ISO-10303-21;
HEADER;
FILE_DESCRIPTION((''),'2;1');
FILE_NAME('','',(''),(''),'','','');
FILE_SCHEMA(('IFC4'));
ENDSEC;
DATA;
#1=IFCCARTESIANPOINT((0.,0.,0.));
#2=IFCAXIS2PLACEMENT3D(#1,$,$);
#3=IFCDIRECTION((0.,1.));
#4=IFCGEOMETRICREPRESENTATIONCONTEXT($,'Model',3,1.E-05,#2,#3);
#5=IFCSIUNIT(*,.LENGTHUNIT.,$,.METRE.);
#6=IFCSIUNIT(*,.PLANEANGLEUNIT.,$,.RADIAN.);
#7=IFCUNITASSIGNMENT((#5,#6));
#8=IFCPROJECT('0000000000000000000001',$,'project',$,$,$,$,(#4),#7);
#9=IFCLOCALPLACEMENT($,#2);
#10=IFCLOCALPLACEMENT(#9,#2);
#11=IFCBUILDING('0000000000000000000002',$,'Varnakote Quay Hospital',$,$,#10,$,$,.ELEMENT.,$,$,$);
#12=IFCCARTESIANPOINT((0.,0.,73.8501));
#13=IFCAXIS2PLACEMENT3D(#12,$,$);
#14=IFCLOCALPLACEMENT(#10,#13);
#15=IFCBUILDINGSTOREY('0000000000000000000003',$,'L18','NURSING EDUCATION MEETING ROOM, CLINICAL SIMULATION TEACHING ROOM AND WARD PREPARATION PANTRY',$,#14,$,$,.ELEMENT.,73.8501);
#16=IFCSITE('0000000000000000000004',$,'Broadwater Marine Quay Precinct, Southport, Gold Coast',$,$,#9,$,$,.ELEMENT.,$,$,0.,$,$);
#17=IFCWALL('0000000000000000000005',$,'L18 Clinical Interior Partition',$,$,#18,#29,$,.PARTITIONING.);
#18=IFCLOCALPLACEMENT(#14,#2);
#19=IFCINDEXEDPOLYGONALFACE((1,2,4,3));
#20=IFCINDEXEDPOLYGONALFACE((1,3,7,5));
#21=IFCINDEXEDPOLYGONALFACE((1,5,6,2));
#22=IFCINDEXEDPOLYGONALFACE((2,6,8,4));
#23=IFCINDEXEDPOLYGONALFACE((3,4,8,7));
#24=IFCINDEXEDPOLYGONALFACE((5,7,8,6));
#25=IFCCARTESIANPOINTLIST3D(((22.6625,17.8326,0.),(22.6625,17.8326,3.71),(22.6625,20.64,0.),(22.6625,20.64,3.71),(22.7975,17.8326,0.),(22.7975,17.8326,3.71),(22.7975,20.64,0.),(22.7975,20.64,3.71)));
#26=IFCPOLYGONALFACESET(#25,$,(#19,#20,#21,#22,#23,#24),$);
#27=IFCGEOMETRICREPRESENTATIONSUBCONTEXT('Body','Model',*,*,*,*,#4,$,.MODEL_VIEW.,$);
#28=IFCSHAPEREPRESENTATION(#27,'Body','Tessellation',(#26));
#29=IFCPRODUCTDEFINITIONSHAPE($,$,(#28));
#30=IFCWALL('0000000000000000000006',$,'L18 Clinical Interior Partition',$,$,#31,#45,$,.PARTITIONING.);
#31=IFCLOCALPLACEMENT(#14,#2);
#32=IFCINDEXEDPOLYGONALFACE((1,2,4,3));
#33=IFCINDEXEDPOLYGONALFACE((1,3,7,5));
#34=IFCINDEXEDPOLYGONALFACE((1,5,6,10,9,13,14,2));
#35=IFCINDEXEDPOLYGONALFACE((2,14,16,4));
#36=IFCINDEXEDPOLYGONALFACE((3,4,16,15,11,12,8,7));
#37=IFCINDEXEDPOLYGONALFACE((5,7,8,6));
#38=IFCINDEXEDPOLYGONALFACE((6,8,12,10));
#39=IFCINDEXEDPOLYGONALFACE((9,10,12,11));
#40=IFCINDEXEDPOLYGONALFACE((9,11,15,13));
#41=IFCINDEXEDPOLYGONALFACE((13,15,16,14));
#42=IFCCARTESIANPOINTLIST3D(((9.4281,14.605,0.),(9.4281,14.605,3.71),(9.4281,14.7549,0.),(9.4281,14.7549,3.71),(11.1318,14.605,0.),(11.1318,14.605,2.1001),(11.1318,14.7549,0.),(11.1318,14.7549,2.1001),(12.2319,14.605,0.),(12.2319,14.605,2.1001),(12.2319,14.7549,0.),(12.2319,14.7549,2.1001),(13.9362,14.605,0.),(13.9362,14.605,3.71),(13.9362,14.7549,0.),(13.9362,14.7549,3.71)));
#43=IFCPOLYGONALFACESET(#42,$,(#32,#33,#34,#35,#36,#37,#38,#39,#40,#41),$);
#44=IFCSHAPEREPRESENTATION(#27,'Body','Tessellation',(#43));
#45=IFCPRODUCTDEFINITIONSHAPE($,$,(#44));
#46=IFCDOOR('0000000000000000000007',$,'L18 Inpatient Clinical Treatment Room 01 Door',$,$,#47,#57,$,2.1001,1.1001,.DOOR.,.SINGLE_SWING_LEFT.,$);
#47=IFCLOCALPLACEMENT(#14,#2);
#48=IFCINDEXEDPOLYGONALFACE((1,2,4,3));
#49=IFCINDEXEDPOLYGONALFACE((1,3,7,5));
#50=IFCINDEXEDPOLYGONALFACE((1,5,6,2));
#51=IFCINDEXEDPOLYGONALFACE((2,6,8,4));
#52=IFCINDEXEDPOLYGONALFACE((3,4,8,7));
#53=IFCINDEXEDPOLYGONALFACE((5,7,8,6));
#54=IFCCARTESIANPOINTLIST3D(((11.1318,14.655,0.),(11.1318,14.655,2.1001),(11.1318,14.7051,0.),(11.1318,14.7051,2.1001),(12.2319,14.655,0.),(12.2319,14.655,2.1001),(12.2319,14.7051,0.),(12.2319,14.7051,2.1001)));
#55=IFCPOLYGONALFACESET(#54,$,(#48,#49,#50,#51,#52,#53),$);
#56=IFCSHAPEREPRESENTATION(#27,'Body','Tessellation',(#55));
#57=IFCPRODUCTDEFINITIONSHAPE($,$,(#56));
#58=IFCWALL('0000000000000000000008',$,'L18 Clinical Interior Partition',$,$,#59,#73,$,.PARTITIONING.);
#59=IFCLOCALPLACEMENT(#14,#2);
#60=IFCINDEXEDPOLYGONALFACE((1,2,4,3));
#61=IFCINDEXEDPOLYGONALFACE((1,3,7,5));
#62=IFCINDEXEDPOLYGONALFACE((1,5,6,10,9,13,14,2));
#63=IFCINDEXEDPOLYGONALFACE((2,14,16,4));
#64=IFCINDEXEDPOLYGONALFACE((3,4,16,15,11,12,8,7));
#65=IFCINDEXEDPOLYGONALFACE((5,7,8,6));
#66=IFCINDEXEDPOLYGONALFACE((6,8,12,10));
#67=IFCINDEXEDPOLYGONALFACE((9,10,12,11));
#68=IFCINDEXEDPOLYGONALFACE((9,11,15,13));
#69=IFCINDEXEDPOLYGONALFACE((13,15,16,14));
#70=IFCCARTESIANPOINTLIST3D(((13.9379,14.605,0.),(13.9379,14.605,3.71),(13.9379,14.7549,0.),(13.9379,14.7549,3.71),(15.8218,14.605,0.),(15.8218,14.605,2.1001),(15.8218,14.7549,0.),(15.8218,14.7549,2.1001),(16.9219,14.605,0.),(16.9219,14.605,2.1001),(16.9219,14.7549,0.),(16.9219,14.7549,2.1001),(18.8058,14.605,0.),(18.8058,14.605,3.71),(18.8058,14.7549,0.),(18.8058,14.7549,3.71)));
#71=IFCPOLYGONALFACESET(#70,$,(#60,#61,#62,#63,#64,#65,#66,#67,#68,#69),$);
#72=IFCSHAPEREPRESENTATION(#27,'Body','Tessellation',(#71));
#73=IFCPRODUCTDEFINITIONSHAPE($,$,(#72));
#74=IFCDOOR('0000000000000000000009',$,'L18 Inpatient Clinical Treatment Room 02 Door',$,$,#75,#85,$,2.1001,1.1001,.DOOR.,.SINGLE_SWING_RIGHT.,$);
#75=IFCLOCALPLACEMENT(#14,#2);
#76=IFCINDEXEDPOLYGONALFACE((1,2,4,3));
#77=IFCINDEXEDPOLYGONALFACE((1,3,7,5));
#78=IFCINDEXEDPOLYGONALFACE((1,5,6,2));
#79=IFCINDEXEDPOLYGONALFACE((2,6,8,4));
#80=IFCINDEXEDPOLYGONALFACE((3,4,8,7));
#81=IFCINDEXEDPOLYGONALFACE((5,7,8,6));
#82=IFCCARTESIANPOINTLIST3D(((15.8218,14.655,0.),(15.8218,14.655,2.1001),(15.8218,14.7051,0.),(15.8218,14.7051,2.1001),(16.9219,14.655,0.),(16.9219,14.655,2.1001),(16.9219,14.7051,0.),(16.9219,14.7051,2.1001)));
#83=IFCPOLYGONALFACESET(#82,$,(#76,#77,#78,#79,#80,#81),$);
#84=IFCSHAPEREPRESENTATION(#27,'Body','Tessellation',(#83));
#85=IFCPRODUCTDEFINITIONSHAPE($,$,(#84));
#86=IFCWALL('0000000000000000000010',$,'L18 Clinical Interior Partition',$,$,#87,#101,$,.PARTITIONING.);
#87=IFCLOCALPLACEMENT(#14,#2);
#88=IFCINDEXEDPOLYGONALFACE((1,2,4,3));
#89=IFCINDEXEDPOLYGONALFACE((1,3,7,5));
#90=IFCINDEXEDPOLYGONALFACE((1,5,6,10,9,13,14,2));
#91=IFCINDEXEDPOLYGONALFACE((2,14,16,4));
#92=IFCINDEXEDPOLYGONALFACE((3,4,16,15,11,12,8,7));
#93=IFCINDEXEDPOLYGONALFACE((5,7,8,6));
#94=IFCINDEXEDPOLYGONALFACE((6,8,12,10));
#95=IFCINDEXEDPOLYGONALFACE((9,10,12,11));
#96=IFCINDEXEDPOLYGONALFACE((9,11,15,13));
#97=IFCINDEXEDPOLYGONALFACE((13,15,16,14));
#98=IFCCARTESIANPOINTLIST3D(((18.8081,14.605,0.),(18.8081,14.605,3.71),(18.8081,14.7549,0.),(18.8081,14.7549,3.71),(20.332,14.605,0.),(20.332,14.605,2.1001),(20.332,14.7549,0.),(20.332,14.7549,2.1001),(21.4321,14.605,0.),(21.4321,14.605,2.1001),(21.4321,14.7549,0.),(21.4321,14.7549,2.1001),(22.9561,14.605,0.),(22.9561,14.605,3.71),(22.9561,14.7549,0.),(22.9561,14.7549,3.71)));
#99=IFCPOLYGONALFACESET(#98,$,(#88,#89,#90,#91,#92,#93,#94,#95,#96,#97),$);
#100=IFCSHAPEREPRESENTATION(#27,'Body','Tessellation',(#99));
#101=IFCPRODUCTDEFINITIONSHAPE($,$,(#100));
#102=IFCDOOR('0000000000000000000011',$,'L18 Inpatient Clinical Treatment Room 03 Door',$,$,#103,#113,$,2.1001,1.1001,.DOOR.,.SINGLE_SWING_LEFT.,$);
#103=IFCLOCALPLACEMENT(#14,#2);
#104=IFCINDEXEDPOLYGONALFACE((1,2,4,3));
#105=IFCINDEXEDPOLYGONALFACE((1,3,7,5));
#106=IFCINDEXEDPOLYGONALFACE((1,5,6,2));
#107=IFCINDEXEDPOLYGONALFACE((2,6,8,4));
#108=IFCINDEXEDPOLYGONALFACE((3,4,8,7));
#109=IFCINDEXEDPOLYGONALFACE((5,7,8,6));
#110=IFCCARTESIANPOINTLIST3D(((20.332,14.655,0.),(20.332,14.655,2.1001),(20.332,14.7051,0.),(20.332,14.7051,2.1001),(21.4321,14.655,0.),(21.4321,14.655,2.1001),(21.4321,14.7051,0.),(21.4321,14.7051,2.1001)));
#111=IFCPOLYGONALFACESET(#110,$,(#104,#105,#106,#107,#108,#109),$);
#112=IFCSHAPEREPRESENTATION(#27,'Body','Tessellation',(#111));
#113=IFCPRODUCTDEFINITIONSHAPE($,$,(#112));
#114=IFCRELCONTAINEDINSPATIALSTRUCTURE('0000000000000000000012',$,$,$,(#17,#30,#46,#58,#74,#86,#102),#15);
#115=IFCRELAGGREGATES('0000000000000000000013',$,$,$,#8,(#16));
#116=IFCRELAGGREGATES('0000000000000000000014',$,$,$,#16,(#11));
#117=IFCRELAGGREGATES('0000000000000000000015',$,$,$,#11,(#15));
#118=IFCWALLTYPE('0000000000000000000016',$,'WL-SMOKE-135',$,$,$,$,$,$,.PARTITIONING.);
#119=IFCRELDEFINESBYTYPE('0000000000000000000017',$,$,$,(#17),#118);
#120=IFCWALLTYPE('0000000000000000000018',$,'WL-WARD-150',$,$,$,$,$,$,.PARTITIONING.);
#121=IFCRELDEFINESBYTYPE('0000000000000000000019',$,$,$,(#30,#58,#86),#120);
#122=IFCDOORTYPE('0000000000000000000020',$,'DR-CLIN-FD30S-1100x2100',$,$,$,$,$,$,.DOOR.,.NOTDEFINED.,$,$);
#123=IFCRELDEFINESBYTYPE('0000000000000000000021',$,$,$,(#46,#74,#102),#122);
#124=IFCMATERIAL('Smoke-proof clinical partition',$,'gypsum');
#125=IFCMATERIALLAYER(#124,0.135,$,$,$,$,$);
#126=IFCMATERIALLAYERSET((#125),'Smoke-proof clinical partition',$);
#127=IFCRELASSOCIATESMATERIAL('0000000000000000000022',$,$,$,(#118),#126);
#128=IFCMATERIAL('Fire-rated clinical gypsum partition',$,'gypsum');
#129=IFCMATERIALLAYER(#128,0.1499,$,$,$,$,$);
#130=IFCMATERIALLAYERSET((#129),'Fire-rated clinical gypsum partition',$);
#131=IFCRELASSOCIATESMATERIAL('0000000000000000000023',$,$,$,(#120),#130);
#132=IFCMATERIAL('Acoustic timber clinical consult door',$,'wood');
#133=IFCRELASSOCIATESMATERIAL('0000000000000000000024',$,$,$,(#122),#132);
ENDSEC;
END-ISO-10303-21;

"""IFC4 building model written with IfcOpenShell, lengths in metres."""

from ifc_helpers import new_model, si_unit, direction, frame, frame_2d, origin, place, context, subcontext, project, spatial, rectangle, extrude, material, layer, layer_set, type_object, element, fill, save


model = new_model("IFC4")

# Units and contexts
model_context = context("Model", 3, precision=1e-05, world=origin(), true_north=direction((0.0, 1.0)))
body_context = subcontext(model_context, "Body", "Model", "MODEL_VIEW")
ifc_project = project(units=[si_unit("LENGTHUNIT", "METRE"), si_unit("PLANEANGLEUNIT", "RADIAN")], contexts=[model_context])

# Site, building, storey
site_placement = place(None, origin())
site = spatial("IfcSite", under=ifc_project, at=site_placement, Name="Broadwater Marine Quay Precinct, Southport, Gold Coast", CompositionType="ELEMENT", RefElevation=0.0)
building_placement = place(site_placement, origin())
building = spatial("IfcBuilding", under=site, at=building_placement, Name="Varnakote Quay Hospital", CompositionType="ELEMENT")
storey_placement = place(building_placement, frame((0.0, 0.0, 73.8501)))
storey = spatial("IfcBuildingStorey", under=building, at=storey_placement, Name="L18", Description="NURSING EDUCATION MEETING ROOM, CLINICAL SIMULATION TEACHING ROOM AND WARD PREPARATION PANTRY", CompositionType="ELEMENT", Elevation=73.8501)

# Wall
ifc_material_1 = material(Name="Smoke-proof clinical partition", Category="gypsum")
ifc_layer_1 = layer(ifc_material_1, 0.135)
ifc_layer_set_1 = layer_set([ifc_layer_1], Name="Smoke-proof clinical partition")
wall_type_1 = type_object("IfcWallType", Name="WL-SMOKE-135", PredefinedType="PARTITIONING", material=ifc_layer_set_1)
for number, where, z_axis, x_axis, name in (
    (1, (22.73, 17.8325, 0.0), (0.0, 0.0, 1.0), (0.0, 1.0, 0.0), "L18 Clinical Interior Partition"),
):
    element("IfcWall", number, at=place(storey_placement, frame(where, z_axis=z_axis, x_axis=x_axis)), inside=storey, type_object=wall_type_1, Name=name, PredefinedType="PARTITIONING", context=body_context, shape_type="SweptSolid", body=[
        extrude(rectangle(XDim=2.8074, YDim=0.135, at=frame_2d((1.4038, 0.0))), origin(), (0.0, 0.0, 1.0), 3.71),
    ])

# Walls, openings, doors
ifc_material_2 = material(Name="Fire-rated clinical gypsum partition", Category="gypsum")
ifc_layer_2 = layer(ifc_material_2, 0.1499)
ifc_layer_set_2 = layer_set([ifc_layer_2], Name="Fire-rated clinical gypsum partition")
wall_type_2 = type_object("IfcWallType", Name="WL-WARD-150", PredefinedType="PARTITIONING", material=ifc_layer_set_2)
wall_1_placement = place(storey_placement, frame((13.936, 14.6799, 0.0), z_axis=(0.0, 0.0, 1.0), x_axis=(-1.0, 0.0, 0.0)))
wall_1 = element("IfcWall", 2, at=wall_1_placement, inside=storey, type_object=wall_type_2, Name="L18 Clinical Interior Partition", PredefinedType="PARTITIONING", context=body_context, shape_type="SweptSolid", body=[
    extrude(rectangle(XDim=4.5081, YDim=0.1499, at=frame_2d((2.2539, 0.0))), origin(), (0.0, 0.0, 1.0), 3.71),
])
opening_1_placement = place(wall_1_placement, frame((1.7041, 0.0, 0.0)))
opening_1 = element("IfcOpeningElement", 3, at=opening_1_placement, cuts=wall_1, PredefinedType="OPENING", context=body_context, shape_type="SweptSolid", body=[
    extrude(rectangle(XDim=1.1001, YDim=2.1001, at=frame_2d((0.55, 1.05))), frame((0.0, 0.085, 0.0), z_axis=(0.0, -1.0, 0.0), x_axis=(1.0, 0.0, 0.0)), (0.0, 0.0, 1.0), 0.1699),
])
ifc_material_3 = material(Name="Acoustic timber clinical consult door", Category="wood")
door_type_1 = type_object("IfcDoorType", Name="DR-CLIN-FD30S-1100x2100", OperationType="NOTDEFINED", PredefinedType="DOOR", material=ifc_material_3)
door_1_placement = place(opening_1_placement, origin())
door_1 = element("IfcDoor", 4, at=door_1_placement, inside=storey, type_object=door_type_1, Name="L18 Inpatient Clinical Treatment Room 01 Door", OperationType="SINGLE_SWING_LEFT", OverallHeight=2.1001, OverallWidth=1.1001, PredefinedType="DOOR", context=body_context, shape_type="SweptSolid", body=[
    extrude(rectangle(XDim=1.1001, YDim=2.1001, at=frame_2d((0.55, 1.05))), frame((0.0, 0.0249, 0.0), z_axis=(0.0, -1.0, 0.0), x_axis=(1.0, 0.0, 0.0)), (0.0, 0.0, 1.0), 0.05),
])
fill(opening_1, door_1)
wall_2_placement = place(storey_placement, frame((18.8059, 14.6799, 0.0), z_axis=(0.0, 0.0, 1.0), x_axis=(-1.0, 0.0, 0.0)))
wall_2 = element("IfcWall", 5, at=wall_2_placement, inside=storey, type_object=wall_type_2, Name="L18 Clinical Interior Partition", PredefinedType="PARTITIONING", context=body_context, shape_type="SweptSolid", body=[
    extrude(rectangle(XDim=4.8679, YDim=0.1499, at=frame_2d((2.4341, 0.0))), origin(), (0.0, 0.0, 1.0), 3.71),
])
opening_2_placement = place(wall_2_placement, frame((1.884, 0.0, 0.0)))
opening_2 = element("IfcOpeningElement", 6, at=opening_2_placement, cuts=wall_2, PredefinedType="OPENING", context=body_context, shape_type="SweptSolid", body=[
    extrude(rectangle(XDim=1.1001, YDim=2.1001, at=frame_2d((0.55, 1.05))), frame((0.0, 0.085, 0.0), z_axis=(0.0, -1.0, 0.0), x_axis=(1.0, 0.0, 0.0)), (0.0, 0.0, 1.0), 0.1699),
])
door_2_placement = place(opening_2_placement, origin())
door_2 = element("IfcDoor", 7, at=door_2_placement, inside=storey, type_object=door_type_1, Name="L18 Inpatient Clinical Treatment Room 02 Door", OperationType="SINGLE_SWING_RIGHT", OverallHeight=2.1001, OverallWidth=1.1001, PredefinedType="DOOR", context=body_context, shape_type="SweptSolid", body=[
    extrude(rectangle(XDim=1.1001, YDim=2.1001, at=frame_2d((0.55, 1.05))), frame((0.0, 0.0249, 0.0), z_axis=(0.0, -1.0, 0.0), x_axis=(1.0, 0.0, 0.0)), (0.0, 0.0, 1.0), 0.05),
])
fill(opening_2, door_2)
wall_3_placement = place(storey_placement, frame((22.9561, 14.6799, 0.0), z_axis=(0.0, 0.0, 1.0), x_axis=(-1.0, 0.0, 0.0)))
wall_3 = element("IfcWall", 8, at=wall_3_placement, inside=storey, type_object=wall_type_2, Name="L18 Clinical Interior Partition", PredefinedType="PARTITIONING", context=body_context, shape_type="SweptSolid", body=[
    extrude(rectangle(XDim=4.1479, YDim=0.1499, at=frame_2d((2.074, 0.0))), origin(), (0.0, 0.0, 1.0), 3.71),
])
opening_3_placement = place(wall_3_placement, frame((1.5239, 0.0, 0.0)))
opening_3 = element("IfcOpeningElement", 9, at=opening_3_placement, cuts=wall_3, PredefinedType="OPENING", context=body_context, shape_type="SweptSolid", body=[
    extrude(rectangle(XDim=1.1001, YDim=2.1001, at=frame_2d((0.55, 1.05))), frame((0.0, 0.085, 0.0), z_axis=(0.0, -1.0, 0.0), x_axis=(1.0, 0.0, 0.0)), (0.0, 0.0, 1.0), 0.1699),
])
door_3_placement = place(opening_3_placement, origin())
door_3 = element("IfcDoor", 10, at=door_3_placement, inside=storey, type_object=door_type_1, Name="L18 Inpatient Clinical Treatment Room 03 Door", OperationType="SINGLE_SWING_LEFT", OverallHeight=2.1001, OverallWidth=1.1001, PredefinedType="DOOR", context=body_context, shape_type="SweptSolid", body=[
    extrude(rectangle(XDim=1.1001, YDim=2.1001, at=frame_2d((0.55, 1.05))), frame((0.0, 0.0249, 0.0), z_axis=(0.0, -1.0, 0.0), x_axis=(1.0, 0.0, 0.0)), (0.0, 0.0, 1.0), 0.05),
])
fill(opening_3, door_3)

save(model, "model.ifc")
